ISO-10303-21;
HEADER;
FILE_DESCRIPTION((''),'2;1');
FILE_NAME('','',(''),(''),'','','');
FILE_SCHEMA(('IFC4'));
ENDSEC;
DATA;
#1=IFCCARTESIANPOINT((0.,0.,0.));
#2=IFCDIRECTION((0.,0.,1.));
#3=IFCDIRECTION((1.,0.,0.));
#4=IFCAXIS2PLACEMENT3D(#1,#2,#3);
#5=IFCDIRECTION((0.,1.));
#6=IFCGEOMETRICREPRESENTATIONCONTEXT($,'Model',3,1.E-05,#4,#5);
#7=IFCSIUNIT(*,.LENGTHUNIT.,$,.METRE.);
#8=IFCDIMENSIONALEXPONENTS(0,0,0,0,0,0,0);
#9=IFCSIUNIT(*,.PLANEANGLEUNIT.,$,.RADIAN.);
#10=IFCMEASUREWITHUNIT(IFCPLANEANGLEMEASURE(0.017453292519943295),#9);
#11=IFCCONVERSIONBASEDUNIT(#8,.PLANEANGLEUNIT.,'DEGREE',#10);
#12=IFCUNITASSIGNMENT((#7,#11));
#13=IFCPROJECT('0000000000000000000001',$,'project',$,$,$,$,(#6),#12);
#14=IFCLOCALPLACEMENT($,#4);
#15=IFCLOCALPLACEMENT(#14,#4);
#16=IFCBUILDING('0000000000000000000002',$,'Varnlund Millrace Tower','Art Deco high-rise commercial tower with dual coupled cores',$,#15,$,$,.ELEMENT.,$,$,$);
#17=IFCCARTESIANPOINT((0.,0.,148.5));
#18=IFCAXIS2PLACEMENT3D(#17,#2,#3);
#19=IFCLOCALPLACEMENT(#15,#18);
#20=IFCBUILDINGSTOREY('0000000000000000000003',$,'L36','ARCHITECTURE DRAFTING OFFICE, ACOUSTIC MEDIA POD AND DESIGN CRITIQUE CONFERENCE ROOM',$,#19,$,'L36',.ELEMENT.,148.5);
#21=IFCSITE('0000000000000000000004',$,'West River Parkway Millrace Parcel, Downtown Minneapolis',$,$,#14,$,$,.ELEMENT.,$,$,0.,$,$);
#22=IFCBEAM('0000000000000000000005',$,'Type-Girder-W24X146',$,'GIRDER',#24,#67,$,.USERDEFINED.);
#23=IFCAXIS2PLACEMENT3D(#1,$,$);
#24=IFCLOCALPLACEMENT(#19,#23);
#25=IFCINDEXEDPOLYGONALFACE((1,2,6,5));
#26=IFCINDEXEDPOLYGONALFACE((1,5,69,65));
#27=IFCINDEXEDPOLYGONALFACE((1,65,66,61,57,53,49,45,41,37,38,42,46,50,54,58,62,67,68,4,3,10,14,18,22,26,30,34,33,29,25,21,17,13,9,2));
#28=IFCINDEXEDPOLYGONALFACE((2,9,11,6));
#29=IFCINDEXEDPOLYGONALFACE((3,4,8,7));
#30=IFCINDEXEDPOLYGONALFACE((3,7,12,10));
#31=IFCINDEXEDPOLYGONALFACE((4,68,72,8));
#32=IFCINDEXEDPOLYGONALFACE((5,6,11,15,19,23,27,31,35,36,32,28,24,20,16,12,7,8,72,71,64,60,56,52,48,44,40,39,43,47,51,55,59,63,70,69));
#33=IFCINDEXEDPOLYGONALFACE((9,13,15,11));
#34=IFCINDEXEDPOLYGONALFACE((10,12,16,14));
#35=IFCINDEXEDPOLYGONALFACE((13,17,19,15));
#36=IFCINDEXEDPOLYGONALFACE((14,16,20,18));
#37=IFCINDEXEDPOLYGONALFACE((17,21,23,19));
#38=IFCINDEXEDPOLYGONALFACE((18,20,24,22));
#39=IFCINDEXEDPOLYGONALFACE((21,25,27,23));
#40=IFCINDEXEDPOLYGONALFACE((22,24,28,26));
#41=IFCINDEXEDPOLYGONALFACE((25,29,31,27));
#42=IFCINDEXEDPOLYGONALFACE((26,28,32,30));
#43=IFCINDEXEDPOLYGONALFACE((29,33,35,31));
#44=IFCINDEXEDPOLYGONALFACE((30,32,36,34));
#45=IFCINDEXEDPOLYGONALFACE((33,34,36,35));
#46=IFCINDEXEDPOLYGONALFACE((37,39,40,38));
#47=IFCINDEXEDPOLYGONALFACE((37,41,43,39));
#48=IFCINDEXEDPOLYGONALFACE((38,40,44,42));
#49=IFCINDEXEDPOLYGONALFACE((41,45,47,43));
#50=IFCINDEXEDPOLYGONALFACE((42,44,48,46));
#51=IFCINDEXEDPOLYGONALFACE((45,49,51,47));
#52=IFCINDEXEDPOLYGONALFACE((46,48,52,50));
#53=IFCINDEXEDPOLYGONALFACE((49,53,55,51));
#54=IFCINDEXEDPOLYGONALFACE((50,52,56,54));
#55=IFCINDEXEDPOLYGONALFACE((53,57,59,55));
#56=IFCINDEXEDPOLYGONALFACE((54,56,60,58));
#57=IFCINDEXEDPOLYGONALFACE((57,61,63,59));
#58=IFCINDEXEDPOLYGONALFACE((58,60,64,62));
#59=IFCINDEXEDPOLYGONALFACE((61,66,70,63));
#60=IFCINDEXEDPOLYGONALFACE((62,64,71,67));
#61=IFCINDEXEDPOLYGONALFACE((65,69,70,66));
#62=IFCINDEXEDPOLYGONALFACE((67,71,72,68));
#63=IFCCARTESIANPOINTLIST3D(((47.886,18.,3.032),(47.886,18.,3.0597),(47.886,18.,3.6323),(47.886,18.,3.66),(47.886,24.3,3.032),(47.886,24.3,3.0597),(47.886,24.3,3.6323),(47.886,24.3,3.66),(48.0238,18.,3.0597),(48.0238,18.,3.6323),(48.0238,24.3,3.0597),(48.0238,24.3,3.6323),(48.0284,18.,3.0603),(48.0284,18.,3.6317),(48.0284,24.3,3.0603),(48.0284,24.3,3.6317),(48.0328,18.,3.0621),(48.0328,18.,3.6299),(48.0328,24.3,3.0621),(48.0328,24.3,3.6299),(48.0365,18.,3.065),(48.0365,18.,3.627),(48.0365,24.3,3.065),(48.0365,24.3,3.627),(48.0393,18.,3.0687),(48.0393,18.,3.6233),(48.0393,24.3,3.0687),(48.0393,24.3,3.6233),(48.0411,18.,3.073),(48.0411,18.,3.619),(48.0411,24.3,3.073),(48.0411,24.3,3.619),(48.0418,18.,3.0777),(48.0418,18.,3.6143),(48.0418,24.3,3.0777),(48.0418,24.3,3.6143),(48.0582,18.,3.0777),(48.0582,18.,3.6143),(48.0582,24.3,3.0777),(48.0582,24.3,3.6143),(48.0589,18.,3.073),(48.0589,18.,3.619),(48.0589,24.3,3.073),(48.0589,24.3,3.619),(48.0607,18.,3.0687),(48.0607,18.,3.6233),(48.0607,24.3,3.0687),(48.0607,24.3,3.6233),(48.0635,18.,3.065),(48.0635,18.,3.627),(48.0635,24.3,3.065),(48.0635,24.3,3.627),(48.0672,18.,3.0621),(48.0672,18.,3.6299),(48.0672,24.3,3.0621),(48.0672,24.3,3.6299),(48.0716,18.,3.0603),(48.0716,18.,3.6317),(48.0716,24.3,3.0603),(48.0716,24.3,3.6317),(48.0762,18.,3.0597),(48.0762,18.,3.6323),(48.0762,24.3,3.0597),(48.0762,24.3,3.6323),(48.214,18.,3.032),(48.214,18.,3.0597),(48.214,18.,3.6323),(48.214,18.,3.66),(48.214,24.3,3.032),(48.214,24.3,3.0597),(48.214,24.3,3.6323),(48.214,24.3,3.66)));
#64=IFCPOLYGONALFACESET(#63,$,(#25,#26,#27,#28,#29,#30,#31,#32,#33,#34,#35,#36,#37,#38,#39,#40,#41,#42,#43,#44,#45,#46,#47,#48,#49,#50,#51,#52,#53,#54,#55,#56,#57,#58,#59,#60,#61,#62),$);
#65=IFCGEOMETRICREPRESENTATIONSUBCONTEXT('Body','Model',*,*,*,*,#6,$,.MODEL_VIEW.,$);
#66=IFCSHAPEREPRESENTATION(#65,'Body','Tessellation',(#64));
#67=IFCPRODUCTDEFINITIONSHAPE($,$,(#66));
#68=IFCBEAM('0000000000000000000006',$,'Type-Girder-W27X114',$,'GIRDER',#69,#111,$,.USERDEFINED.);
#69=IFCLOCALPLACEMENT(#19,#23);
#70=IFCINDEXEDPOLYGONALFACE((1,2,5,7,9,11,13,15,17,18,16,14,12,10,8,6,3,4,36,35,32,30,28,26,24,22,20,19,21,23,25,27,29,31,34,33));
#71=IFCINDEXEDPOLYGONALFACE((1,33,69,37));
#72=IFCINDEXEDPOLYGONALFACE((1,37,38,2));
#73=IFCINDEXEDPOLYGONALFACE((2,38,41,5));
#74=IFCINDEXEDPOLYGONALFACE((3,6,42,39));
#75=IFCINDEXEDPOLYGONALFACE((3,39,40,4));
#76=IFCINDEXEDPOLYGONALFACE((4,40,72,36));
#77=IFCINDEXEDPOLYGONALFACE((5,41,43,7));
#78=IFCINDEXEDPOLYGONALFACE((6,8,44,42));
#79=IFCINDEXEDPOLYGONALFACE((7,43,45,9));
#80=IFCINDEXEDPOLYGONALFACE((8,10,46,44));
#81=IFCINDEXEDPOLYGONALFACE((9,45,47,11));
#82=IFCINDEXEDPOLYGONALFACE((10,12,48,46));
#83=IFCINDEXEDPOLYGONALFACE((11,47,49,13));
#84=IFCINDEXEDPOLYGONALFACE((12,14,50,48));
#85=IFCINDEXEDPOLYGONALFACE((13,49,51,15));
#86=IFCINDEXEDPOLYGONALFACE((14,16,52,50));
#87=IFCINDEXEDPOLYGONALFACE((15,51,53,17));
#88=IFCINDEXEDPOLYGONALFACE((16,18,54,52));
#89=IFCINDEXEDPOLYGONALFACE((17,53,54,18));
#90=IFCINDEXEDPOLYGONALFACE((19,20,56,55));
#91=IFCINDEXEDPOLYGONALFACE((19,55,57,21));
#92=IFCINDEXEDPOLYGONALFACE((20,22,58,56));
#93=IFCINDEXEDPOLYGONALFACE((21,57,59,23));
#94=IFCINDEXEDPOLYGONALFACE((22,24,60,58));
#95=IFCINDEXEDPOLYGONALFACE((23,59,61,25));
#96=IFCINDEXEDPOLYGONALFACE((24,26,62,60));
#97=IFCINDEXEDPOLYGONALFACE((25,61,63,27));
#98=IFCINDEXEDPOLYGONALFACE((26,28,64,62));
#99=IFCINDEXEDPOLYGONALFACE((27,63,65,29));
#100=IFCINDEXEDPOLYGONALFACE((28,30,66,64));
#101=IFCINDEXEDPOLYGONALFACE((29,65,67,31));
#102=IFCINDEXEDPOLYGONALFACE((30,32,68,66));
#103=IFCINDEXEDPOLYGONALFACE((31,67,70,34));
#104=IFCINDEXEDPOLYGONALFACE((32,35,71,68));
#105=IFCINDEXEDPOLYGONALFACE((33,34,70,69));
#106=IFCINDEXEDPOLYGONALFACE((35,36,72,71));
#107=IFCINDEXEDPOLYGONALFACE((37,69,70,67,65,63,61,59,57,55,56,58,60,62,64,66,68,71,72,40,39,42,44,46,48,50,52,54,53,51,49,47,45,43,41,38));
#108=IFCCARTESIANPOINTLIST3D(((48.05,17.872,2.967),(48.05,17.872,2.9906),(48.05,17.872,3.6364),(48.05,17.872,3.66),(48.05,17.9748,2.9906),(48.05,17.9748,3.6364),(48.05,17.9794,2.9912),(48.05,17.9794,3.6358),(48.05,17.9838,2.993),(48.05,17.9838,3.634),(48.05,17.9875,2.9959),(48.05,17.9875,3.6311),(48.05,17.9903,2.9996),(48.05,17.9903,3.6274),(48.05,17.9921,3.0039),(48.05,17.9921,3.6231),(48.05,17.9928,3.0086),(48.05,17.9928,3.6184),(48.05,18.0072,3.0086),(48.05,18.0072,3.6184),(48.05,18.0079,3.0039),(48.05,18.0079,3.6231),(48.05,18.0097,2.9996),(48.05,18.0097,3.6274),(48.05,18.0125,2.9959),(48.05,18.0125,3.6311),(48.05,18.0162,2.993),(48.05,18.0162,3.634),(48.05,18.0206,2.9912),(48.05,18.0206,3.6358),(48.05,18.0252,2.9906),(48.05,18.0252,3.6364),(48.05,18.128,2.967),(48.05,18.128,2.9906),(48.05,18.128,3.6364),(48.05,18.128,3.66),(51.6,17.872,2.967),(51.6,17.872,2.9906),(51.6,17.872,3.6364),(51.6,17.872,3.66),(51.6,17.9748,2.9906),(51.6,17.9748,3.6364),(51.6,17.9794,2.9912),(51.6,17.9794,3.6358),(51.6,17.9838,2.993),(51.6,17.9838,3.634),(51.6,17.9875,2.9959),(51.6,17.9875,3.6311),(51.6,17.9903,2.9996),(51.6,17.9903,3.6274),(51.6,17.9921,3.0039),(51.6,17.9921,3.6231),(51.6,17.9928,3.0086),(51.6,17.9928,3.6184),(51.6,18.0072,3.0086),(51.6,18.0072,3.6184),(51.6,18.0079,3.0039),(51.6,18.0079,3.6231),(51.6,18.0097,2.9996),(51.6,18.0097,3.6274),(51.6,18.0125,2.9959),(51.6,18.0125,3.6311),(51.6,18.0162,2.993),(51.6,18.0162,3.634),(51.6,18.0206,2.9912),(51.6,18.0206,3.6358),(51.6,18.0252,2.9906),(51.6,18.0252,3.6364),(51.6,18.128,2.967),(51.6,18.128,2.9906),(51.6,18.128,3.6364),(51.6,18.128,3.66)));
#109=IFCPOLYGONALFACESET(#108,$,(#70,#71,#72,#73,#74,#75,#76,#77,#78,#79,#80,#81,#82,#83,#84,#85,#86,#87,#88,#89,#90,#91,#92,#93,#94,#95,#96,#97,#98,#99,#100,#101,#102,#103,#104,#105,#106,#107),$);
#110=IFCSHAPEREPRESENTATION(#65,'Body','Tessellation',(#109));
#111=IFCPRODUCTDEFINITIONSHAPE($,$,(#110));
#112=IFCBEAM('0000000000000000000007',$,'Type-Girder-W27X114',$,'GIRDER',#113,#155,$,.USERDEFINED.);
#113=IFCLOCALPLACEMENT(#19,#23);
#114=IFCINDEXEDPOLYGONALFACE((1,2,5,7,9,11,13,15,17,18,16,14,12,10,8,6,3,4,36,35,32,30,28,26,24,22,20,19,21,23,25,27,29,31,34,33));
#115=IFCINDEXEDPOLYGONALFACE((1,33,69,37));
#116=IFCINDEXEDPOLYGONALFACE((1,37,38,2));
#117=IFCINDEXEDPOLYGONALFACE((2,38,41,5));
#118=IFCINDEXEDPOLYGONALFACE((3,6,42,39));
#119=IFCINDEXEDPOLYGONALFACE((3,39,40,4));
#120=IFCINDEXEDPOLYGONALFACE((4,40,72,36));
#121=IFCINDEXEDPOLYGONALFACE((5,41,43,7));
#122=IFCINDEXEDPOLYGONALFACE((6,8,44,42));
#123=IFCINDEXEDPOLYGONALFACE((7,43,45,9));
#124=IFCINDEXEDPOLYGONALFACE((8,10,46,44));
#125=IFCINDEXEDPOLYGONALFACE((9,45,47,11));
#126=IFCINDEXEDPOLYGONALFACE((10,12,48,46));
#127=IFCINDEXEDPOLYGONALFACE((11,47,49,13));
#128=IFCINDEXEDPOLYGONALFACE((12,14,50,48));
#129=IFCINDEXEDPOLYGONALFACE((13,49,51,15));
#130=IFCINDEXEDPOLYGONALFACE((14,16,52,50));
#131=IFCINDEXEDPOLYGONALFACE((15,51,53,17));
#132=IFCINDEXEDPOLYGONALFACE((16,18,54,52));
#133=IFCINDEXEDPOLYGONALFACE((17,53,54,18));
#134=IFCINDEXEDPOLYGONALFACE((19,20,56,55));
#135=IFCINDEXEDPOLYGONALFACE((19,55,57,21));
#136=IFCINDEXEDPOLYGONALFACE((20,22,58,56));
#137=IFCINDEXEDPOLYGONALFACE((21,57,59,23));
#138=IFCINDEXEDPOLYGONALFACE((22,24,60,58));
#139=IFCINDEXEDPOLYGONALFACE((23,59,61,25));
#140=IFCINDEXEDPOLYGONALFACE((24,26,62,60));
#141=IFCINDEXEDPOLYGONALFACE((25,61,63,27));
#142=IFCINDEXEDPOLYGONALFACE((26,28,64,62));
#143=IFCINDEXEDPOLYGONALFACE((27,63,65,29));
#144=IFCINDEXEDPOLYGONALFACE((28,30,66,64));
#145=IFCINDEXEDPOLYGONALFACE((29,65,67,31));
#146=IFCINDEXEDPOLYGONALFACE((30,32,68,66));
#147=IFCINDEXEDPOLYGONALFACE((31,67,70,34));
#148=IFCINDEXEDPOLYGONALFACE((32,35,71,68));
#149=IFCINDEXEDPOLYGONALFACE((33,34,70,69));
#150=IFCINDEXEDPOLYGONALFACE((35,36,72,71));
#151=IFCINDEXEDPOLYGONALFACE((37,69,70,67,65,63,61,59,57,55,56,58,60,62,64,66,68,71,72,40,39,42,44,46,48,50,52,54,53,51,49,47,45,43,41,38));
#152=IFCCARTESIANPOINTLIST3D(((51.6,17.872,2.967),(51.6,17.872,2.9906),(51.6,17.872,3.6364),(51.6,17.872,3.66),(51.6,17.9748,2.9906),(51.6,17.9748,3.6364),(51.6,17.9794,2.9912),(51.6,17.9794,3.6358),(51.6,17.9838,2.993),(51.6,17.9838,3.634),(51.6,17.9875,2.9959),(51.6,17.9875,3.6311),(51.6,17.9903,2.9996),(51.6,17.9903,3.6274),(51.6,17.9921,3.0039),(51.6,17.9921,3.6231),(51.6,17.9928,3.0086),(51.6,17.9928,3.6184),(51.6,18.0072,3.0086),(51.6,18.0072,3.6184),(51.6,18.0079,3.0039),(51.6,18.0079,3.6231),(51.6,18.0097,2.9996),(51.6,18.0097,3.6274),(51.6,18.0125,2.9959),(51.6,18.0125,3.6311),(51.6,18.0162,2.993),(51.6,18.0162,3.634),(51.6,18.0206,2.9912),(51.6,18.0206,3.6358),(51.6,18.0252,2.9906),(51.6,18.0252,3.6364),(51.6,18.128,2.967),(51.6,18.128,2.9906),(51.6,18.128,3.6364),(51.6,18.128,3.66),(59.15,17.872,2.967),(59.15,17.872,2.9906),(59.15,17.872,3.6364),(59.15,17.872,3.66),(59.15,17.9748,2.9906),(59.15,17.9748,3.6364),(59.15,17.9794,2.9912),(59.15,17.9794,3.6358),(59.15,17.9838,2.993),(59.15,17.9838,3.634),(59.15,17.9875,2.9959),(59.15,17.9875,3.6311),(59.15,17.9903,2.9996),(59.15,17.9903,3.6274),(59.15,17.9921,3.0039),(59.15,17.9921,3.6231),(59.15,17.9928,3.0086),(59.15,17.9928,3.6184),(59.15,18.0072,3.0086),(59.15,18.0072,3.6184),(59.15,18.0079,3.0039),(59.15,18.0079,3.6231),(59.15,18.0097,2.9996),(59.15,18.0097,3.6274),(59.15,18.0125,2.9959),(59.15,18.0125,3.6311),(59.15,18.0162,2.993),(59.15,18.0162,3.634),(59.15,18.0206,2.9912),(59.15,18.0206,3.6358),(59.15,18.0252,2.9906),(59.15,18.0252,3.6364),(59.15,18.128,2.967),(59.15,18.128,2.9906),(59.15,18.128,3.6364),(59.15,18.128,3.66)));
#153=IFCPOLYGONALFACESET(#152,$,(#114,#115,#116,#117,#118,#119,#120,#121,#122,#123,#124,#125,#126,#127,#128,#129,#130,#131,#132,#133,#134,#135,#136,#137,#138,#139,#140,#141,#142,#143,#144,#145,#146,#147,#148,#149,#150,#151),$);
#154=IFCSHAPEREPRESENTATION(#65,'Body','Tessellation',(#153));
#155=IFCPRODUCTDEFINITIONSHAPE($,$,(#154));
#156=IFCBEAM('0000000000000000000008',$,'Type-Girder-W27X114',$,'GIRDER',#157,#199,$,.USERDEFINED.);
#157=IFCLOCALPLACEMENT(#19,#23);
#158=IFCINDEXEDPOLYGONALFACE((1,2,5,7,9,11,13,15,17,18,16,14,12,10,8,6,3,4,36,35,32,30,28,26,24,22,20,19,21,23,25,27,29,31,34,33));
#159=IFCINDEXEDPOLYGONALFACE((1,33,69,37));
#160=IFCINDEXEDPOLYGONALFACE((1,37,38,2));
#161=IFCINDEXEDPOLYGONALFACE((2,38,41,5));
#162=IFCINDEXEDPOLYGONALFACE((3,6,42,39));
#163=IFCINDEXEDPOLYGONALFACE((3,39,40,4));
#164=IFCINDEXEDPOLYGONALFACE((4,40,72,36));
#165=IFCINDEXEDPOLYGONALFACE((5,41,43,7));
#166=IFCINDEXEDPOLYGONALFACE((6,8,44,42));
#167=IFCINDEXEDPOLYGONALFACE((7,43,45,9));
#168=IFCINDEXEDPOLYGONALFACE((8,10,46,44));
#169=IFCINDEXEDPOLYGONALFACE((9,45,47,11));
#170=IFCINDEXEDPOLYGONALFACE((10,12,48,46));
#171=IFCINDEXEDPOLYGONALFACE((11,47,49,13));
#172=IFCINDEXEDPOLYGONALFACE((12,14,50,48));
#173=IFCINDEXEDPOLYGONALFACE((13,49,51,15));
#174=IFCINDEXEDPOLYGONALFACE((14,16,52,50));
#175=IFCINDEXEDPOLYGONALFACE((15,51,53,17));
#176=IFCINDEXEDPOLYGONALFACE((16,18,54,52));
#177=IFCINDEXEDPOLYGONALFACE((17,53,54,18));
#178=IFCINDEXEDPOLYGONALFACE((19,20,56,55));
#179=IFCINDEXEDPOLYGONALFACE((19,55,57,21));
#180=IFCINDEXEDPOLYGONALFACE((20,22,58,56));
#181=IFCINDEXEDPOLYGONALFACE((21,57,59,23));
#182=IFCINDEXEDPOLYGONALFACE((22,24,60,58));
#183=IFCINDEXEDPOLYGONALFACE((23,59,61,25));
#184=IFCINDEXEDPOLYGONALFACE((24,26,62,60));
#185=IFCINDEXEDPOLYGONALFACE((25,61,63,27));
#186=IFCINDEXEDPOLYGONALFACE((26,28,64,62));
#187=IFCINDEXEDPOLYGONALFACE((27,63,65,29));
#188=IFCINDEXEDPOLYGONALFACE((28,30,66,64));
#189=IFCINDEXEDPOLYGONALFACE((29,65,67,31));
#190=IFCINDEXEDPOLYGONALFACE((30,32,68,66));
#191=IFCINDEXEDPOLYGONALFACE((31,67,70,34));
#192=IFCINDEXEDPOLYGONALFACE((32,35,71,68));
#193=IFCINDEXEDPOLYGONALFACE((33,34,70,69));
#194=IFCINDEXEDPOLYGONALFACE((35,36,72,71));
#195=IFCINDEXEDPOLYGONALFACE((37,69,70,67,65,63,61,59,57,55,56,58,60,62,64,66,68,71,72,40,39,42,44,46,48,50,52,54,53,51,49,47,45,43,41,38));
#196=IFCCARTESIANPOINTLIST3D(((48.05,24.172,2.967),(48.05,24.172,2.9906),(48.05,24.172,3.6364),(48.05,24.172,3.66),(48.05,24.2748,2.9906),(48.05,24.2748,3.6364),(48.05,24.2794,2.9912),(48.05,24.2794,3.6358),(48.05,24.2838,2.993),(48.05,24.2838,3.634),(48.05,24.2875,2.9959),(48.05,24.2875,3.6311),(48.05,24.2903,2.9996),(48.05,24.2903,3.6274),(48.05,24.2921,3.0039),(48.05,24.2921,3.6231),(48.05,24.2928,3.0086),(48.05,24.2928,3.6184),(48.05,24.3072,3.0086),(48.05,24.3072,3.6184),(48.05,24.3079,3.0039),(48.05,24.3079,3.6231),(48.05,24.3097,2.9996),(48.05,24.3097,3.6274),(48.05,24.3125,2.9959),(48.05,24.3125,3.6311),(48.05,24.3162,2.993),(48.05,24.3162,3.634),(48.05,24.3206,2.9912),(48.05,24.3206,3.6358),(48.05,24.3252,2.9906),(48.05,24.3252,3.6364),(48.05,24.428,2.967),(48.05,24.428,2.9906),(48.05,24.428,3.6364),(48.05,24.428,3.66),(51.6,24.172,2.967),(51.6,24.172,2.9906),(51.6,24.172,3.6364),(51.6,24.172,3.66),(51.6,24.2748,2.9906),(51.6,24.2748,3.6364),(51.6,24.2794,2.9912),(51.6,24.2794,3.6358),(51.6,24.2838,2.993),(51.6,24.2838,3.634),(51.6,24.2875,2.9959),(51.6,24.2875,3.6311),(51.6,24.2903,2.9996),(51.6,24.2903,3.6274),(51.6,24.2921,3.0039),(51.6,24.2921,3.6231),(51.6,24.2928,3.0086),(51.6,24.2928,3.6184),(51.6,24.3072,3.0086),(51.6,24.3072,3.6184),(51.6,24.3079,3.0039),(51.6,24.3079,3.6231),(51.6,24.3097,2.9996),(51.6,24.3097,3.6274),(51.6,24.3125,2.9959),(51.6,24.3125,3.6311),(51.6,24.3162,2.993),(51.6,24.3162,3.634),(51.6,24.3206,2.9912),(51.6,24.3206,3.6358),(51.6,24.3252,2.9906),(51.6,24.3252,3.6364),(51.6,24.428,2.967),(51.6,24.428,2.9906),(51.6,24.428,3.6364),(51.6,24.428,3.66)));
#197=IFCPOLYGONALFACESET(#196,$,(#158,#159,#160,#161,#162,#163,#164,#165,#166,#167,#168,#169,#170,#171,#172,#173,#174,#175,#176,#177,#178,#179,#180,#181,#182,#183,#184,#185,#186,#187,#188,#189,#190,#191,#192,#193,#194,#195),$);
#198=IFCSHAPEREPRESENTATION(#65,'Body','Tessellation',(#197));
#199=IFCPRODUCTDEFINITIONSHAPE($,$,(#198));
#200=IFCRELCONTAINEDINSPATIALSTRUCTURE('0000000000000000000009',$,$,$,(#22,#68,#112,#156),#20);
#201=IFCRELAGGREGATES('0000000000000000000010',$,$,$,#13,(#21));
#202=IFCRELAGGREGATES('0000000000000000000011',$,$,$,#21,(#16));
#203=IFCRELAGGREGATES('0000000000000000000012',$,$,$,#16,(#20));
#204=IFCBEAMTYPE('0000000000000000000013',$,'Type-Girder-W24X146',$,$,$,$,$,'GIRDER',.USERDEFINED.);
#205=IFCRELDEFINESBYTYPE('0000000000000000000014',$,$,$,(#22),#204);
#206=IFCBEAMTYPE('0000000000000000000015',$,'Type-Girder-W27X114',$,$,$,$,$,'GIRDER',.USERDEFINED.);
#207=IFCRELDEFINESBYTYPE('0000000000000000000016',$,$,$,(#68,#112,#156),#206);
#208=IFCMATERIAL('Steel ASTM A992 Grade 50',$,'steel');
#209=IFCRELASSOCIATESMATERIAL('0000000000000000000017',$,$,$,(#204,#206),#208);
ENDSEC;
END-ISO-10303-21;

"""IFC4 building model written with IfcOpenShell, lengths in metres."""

from ifc_helpers import new_model, entity, si_unit, converted_unit, direction, frame, origin_with_axes, origin_2d_with_axis, place, context, subcontext, project, spatial, i_section, extrude, material, material_profile, profile_set, type_object, element, save


model = new_model("IFC4")

# Units and contexts
model_context = context("Model", 3, precision=1e-05, world=origin_with_axes(), true_north=direction((0.0, 1.0)))
body_context = subcontext(model_context, "Body", "Model", "MODEL_VIEW")
ifc_project = project(units=[si_unit("LENGTHUNIT", "METRE"), converted_unit("PLANEANGLEUNIT", "DEGREE", entity("IfcPlaneAngleMeasure", 0.017453292519943295), si_unit("PLANEANGLEUNIT", "RADIAN"), dimensions=[0, 0, 0, 0, 0, 0, 0])], contexts=[model_context])

# Site, building, storey
site_placement = place(None, origin_with_axes())
site = spatial("IfcSite", under=ifc_project, at=site_placement, Name="West River Parkway Millrace Parcel, Downtown Minneapolis", CompositionType="ELEMENT", RefElevation=0.0)
building_placement = place(site_placement, origin_with_axes())
building = spatial("IfcBuilding", under=site, at=building_placement, Name="Varnlund Millrace Tower", Description="Art Deco high-rise commercial tower with dual coupled cores", CompositionType="ELEMENT")
storey_placement = place(building_placement, frame((0.0, 0.0, 148.5), z_axis=(0.0, 0.0, 1.0), x_axis=(1.0, 0.0, 0.0)))
storey = spatial("IfcBuildingStorey", under=building, at=storey_placement, Name="L36", Description="ARCHITECTURE DRAFTING OFFICE, ACOUSTIC MEDIA POD AND DESIGN CRITIQUE CONFERENCE ROOM", LongName="L36", CompositionType="ELEMENT", Elevation=148.5)

# Beams
ifc_material_1 = material(Name="Steel ASTM A992 Grade 50", Category="steel")
ifc_material_profile_1 = material_profile(ifc_material_1, i_section(OverallWidth=0.328, OverallDepth=0.628, WebThickness=0.0165, FlangeThickness=0.0277, FilletRadius=0.018, at=origin_2d_with_axis()), Name="Steel ASTM A992 Grade 50")
ifc_profile_set_1 = profile_set([ifc_material_profile_1], Name="Steel ASTM A992 Grade 50")
beam_type_1 = type_object("IfcBeamType", Name="Type-Girder-W24X146", ElementType="GIRDER", PredefinedType="USERDEFINED", material=ifc_profile_set_1)
beam_1_placement = place(storey_placement, frame((48.05, 18.0, 3.346), z_axis=(0.0, 1.0, 0.0), x_axis=(-1.0, 0.0, 0.0)))
element("IfcBeam", 1, at=beam_1_placement, inside=storey, type_object=beam_type_1, Name="Type-Girder-W24X146", ObjectType="GIRDER", PredefinedType="USERDEFINED", context=body_context, shape_type="SweptSolid", body=[
    extrude(i_section(OverallWidth=0.328, OverallDepth=0.628, WebThickness=0.0165, FlangeThickness=0.0277, FilletRadius=0.018, at=origin_2d_with_axis()), origin_with_axes(), (0.0, 0.0, 1.0), 6.3),
])
ifc_material_profile_2 = material_profile(ifc_material_1, i_section(OverallWidth=0.256, OverallDepth=0.693, WebThickness=0.0145, FlangeThickness=0.0236, FilletRadius=0.018, at=origin_2d_with_axis()), Name="Steel ASTM A992 Grade 50")
ifc_profile_set_2 = profile_set([ifc_material_profile_2], Name="Steel ASTM A992 Grade 50")
beam_type_2 = type_object("IfcBeamType", Name="Type-Girder-W27X114", ElementType="GIRDER", PredefinedType="USERDEFINED", material=ifc_profile_set_2)
beam_2_placement = place(storey_placement, frame((48.05, 18.0, 3.3135), z_axis=(1.0, 0.0, 0.0), x_axis=(0.0, 1.0, 0.0)))
element("IfcBeam", 2, at=beam_2_placement, inside=storey, type_object=beam_type_2, Name="Type-Girder-W27X114", ObjectType="GIRDER", PredefinedType="USERDEFINED", context=body_context, shape_type="SweptSolid", body=[
    extrude(i_section(OverallWidth=0.256, OverallDepth=0.693, WebThickness=0.0145, FlangeThickness=0.0236, FilletRadius=0.018, at=origin_2d_with_axis()), origin_with_axes(), (0.0, 0.0, 1.0), 3.55),
])
beam_3_placement = place(storey_placement, frame((51.6, 18.0, 3.3135), z_axis=(1.0, 0.0, 0.0), x_axis=(0.0, 1.0, 0.0)))
element("IfcBeam", 3, at=beam_3_placement, inside=storey, type_object=beam_type_2, Name="Type-Girder-W27X114", ObjectType="GIRDER", PredefinedType="USERDEFINED", context=body_context, shape_type="SweptSolid", body=[
    extrude(i_section(OverallWidth=0.256, OverallDepth=0.693, WebThickness=0.0145, FlangeThickness=0.0236, FilletRadius=0.018, at=origin_2d_with_axis()), origin_with_axes(), (0.0, 0.0, 1.0), 7.55),
])
beam_4_placement = place(storey_placement, frame((48.05, 24.3, 3.3135), z_axis=(1.0, 0.0, 0.0), x_axis=(0.0, 1.0, 0.0)))
element("IfcBeam", 4, at=beam_4_placement, inside=storey, type_object=beam_type_2, Name="Type-Girder-W27X114", ObjectType="GIRDER", PredefinedType="USERDEFINED", context=body_context, shape_type="SweptSolid", body=[
    extrude(i_section(OverallWidth=0.256, OverallDepth=0.693, WebThickness=0.0145, FlangeThickness=0.0236, FilletRadius=0.018, at=origin_2d_with_axis()), origin_with_axes(), (0.0, 0.0, 1.0), 3.55),
])

save(model, "model.ifc")
